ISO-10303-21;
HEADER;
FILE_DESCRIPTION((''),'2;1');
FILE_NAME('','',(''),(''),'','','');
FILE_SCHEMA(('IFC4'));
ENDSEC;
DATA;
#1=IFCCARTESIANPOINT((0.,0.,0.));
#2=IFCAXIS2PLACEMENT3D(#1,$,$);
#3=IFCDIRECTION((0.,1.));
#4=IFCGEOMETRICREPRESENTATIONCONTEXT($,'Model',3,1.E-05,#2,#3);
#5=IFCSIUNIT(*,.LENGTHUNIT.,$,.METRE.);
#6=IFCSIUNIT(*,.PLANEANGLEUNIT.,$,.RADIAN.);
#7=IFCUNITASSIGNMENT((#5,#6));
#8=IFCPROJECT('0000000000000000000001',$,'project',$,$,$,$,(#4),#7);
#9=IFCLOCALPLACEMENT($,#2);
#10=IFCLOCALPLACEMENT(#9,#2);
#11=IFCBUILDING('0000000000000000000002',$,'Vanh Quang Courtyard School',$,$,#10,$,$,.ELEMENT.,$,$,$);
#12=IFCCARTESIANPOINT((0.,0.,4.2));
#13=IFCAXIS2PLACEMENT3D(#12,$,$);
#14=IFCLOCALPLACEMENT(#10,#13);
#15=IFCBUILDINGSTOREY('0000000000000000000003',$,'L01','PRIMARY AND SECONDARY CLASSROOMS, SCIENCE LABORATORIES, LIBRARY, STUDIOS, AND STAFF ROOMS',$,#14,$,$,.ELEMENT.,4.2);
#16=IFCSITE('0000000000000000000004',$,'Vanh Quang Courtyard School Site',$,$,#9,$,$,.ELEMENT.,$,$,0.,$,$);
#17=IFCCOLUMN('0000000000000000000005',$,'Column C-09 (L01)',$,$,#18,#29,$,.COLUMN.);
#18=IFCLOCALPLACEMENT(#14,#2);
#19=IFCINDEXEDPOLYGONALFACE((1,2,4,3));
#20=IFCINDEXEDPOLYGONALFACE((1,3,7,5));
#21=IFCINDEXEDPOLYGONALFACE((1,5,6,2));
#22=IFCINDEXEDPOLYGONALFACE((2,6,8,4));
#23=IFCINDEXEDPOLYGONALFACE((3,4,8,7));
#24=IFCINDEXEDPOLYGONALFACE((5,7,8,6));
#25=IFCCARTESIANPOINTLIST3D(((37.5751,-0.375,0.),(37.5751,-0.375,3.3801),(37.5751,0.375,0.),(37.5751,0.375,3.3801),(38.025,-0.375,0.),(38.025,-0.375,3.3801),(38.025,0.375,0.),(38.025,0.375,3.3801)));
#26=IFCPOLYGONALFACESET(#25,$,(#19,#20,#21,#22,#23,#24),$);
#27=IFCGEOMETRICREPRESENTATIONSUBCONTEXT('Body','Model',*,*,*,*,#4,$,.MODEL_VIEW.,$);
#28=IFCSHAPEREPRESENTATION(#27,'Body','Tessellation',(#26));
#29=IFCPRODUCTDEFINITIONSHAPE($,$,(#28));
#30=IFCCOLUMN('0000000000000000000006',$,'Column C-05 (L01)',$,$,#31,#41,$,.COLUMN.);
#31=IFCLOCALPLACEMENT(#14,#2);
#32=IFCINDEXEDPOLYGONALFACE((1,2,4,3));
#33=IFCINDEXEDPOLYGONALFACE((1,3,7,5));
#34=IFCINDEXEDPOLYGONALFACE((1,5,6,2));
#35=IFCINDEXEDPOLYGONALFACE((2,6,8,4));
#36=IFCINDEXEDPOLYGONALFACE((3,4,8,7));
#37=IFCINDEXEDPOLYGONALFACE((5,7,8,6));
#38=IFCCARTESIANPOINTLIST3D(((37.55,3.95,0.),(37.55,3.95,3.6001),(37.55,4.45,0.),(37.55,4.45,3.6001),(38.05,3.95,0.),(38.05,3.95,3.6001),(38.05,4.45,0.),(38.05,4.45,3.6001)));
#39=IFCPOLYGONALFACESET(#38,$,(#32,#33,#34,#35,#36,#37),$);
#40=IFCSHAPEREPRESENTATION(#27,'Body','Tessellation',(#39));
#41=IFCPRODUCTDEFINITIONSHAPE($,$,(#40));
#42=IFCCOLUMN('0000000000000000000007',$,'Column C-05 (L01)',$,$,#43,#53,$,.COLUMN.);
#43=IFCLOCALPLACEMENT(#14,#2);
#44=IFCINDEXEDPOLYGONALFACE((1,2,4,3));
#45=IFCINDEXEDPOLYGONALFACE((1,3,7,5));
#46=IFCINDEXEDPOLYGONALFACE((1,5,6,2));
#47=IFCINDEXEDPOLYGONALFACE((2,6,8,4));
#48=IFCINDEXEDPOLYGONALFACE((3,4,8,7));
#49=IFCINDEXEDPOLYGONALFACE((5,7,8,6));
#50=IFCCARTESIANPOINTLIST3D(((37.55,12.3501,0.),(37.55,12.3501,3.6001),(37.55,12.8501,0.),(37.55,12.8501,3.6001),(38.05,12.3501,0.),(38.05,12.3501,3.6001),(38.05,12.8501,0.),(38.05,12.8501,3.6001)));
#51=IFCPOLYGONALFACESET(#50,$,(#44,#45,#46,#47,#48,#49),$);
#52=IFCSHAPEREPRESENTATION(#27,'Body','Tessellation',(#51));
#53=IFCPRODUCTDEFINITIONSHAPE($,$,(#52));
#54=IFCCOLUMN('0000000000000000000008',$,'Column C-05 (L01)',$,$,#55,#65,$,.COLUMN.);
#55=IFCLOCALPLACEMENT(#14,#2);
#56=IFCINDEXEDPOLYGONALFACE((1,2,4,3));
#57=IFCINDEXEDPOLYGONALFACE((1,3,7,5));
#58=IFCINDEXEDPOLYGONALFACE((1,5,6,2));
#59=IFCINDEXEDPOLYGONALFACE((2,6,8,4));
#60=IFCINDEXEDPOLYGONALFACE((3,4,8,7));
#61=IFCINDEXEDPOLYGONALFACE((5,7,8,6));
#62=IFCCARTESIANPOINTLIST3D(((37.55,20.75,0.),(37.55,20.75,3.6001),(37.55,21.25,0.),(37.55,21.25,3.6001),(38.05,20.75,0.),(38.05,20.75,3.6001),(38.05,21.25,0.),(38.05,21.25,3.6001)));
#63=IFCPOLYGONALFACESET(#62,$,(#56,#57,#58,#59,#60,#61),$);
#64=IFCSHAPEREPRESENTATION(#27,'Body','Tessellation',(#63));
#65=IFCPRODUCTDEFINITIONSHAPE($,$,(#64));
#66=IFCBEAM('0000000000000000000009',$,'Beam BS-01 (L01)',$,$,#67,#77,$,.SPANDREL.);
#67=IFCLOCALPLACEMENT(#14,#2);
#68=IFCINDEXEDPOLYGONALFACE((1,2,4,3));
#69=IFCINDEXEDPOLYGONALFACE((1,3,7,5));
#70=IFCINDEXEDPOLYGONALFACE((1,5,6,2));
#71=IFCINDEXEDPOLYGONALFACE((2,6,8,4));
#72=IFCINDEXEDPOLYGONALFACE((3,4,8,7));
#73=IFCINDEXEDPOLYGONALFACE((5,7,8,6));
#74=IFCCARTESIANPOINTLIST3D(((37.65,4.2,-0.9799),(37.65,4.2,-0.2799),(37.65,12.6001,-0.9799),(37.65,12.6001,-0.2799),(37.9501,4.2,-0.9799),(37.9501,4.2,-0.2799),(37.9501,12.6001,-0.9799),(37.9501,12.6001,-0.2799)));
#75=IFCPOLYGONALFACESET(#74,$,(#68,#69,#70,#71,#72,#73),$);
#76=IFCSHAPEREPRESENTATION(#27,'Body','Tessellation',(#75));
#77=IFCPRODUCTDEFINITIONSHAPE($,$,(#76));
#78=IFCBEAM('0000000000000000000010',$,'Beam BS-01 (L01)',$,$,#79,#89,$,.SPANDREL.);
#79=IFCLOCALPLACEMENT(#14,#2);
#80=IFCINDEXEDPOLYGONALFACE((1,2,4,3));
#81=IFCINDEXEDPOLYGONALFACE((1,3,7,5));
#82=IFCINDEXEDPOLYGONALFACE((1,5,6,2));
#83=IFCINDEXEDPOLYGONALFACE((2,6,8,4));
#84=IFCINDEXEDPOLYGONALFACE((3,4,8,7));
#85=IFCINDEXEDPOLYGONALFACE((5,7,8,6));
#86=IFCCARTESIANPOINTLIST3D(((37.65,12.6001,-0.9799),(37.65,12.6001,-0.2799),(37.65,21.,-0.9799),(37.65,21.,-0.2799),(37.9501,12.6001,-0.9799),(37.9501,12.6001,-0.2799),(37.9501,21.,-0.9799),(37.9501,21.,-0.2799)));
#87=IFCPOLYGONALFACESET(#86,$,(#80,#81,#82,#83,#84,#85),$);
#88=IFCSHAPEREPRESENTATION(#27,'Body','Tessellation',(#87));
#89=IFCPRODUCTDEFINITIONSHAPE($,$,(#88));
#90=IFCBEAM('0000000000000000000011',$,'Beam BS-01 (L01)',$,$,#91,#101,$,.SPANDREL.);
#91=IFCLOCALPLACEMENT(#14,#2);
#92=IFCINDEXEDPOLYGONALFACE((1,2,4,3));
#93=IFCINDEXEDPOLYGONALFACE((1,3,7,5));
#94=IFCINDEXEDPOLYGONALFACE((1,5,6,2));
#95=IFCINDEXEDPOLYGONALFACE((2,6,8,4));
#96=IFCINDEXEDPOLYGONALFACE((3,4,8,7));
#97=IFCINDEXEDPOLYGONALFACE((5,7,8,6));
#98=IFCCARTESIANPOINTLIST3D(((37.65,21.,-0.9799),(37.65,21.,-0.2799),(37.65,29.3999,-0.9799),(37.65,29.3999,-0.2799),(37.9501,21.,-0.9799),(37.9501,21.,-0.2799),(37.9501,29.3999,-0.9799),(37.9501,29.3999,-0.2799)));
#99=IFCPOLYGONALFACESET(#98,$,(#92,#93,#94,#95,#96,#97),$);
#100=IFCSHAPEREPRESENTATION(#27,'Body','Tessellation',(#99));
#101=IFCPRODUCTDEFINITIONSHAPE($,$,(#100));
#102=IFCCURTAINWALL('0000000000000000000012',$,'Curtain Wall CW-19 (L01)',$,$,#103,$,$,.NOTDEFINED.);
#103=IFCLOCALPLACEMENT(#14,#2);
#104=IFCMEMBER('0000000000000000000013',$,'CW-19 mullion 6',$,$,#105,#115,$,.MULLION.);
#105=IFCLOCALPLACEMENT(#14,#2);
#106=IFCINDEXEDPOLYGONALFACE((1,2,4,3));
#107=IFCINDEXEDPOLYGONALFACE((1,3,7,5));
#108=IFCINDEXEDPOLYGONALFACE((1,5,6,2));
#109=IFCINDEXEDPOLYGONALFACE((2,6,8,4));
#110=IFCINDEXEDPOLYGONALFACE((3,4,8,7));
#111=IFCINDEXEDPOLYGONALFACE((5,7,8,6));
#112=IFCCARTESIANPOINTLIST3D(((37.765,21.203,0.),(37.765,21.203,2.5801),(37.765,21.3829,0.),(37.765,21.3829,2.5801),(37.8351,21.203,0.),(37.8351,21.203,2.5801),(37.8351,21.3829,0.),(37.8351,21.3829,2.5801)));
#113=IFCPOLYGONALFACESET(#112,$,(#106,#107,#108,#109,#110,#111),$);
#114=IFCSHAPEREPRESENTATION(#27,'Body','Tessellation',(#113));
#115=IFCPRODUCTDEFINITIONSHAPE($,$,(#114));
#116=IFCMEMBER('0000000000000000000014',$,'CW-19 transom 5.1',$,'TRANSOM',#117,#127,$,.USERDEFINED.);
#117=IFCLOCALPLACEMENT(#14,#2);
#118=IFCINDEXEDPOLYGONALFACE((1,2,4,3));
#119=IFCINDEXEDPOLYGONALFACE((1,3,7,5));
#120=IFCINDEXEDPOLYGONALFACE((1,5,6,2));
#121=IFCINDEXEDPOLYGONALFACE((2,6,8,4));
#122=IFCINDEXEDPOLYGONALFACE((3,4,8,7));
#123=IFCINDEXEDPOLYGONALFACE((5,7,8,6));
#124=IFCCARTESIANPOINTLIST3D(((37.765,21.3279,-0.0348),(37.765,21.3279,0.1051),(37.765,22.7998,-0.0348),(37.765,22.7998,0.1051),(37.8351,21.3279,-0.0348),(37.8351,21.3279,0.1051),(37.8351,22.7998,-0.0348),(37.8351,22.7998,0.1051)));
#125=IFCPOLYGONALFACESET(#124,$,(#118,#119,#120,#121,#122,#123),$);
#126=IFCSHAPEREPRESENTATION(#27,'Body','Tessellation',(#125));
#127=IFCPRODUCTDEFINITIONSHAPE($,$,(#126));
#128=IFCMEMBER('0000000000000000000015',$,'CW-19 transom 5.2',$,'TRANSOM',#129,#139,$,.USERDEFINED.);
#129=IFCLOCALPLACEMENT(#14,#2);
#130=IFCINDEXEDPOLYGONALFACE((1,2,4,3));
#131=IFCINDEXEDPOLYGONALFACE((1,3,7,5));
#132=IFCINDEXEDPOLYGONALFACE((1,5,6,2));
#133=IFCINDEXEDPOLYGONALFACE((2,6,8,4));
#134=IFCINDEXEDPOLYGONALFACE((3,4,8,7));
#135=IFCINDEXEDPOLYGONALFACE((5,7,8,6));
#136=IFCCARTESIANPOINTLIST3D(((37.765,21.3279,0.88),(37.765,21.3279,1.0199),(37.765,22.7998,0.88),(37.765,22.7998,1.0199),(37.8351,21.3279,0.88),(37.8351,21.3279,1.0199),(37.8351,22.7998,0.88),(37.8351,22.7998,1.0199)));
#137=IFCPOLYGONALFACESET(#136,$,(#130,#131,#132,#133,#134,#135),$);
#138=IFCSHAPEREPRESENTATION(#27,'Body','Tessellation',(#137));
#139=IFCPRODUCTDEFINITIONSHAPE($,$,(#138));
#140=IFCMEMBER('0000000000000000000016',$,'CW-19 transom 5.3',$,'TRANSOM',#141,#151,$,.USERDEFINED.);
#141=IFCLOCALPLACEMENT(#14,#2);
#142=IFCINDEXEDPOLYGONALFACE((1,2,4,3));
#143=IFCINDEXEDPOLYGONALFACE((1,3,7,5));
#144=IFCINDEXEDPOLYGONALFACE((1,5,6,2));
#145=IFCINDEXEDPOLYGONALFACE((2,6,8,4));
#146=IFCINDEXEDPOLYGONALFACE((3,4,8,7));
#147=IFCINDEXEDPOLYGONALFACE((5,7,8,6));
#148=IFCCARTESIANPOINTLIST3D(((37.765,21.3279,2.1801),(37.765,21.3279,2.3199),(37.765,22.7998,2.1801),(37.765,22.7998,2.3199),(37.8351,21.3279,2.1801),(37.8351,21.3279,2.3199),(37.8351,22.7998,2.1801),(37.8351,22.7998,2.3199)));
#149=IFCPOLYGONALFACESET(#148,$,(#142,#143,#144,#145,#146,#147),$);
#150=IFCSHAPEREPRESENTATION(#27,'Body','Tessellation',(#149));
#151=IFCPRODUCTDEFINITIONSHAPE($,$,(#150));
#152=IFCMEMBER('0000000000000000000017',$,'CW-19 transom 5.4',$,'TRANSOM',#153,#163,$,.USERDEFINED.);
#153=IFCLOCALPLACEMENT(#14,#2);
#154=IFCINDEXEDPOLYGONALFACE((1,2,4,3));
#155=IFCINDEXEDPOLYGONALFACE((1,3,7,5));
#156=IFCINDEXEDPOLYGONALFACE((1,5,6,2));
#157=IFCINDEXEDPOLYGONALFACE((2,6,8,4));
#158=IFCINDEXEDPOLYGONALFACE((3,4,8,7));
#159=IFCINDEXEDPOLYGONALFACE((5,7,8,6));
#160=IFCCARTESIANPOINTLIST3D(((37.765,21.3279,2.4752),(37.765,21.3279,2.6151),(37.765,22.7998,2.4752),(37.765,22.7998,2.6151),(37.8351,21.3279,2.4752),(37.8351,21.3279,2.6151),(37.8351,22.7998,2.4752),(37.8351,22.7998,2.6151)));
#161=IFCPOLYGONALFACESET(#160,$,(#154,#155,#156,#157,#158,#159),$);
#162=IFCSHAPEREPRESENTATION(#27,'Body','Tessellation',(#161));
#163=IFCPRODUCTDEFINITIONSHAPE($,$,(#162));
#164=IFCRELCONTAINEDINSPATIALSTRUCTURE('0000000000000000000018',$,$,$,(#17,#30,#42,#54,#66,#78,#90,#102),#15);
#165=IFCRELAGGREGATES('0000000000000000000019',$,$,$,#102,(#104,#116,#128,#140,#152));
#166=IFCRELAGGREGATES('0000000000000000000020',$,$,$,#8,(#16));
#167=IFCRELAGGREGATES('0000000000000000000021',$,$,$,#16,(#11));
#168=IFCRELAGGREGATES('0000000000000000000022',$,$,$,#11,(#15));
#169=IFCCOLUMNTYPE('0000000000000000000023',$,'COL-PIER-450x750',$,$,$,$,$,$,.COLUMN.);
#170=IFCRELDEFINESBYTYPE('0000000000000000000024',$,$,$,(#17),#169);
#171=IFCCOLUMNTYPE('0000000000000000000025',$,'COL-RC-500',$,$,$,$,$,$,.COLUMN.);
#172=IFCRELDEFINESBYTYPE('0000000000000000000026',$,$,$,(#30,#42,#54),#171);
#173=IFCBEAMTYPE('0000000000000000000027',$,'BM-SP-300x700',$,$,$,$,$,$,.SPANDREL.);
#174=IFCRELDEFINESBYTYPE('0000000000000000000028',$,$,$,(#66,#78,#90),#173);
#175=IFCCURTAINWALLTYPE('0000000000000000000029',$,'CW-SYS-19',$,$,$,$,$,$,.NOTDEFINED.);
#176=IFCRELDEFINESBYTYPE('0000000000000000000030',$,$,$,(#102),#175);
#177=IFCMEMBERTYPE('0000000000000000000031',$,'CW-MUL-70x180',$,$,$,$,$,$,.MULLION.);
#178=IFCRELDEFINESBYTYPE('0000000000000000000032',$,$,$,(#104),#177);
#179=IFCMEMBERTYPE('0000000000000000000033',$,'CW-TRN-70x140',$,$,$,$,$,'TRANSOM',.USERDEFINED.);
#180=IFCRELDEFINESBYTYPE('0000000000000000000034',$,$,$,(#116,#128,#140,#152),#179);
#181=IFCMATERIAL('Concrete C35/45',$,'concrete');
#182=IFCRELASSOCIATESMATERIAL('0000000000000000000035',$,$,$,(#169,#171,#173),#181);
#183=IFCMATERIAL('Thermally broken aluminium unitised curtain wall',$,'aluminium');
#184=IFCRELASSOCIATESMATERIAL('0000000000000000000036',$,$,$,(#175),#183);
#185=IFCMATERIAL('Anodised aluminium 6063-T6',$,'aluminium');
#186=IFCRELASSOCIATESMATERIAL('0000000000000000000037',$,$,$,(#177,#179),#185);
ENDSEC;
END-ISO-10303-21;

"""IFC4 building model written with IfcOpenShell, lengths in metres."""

from ifc_helpers import new_model, si_unit, direction, frame, origin, origin_2d, place, context, subcontext, project, spatial, rectangle, extrude, material, material_profile, profile_set, type_object, element, aggregate, save


model = new_model("IFC4")

# Units and contexts
model_context = context("Model", 3, precision=1e-05, world=origin(), true_north=direction((0.0, 1.0)))
body_context = subcontext(model_context, "Body", "Model", "MODEL_VIEW")
ifc_project = project(units=[si_unit("LENGTHUNIT", "METRE"), si_unit("PLANEANGLEUNIT", "RADIAN")], contexts=[model_context])

# Site, building, storey
site_placement = place(None, origin())
site = spatial("IfcSite", under=ifc_project, at=site_placement, Name="Vanh Quang Courtyard School Site", CompositionType="ELEMENT", RefElevation=0.0)
building_placement = place(site_placement, origin())
building = spatial("IfcBuilding", under=site, at=building_placement, Name="Vanh Quang Courtyard School", CompositionType="ELEMENT")
storey_placement = place(building_placement, frame((0.0, 0.0, 4.2)))
storey = spatial("IfcBuildingStorey", under=building, at=storey_placement, Name="L01", Description="PRIMARY AND SECONDARY CLASSROOMS, SCIENCE LABORATORIES, LIBRARY, STUDIOS, AND STAFF ROOMS", CompositionType="ELEMENT", Elevation=4.2)

# Columns
ifc_material_1 = material(Name="Concrete C35/45", Category="concrete")
ifc_material_profile_1 = material_profile(ifc_material_1, rectangle(XDim=0.45, YDim=0.75, at=origin_2d()), Name="RC-PIER 450x750")
ifc_profile_set_1 = profile_set([ifc_material_profile_1], Name="Concrete C35/45")
column_type_1 = type_object("IfcColumnType", Name="COL-PIER-450x750", PredefinedType="COLUMN", material=ifc_profile_set_1)
column_placement = place(storey_placement, frame((37.8, 0.0, 0.0), z_axis=(0.0, 0.0, 1.0), x_axis=(1.0, 0.0, 0.0)))
element("IfcColumn", 1, at=column_placement, inside=storey, type_object=column_type_1, Name="Column C-09 (L01)", PredefinedType="COLUMN", context=body_context, shape_type="SweptSolid", body=[
    extrude(rectangle(XDim=0.45, YDim=0.75, at=origin_2d()), origin(), (0.0, 0.0, 1.0), 3.3801),
])
ifc_material_profile_2 = material_profile(ifc_material_1, rectangle(XDim=0.5, YDim=0.5, at=origin_2d()), Name="RC-COL 500x500")
ifc_profile_set_2 = profile_set([ifc_material_profile_2], Name="Concrete C35/45")
column_type_2 = type_object("IfcColumnType", Name="COL-RC-500", PredefinedType="COLUMN", material=ifc_profile_set_2)
for number, where, z_axis, x_axis, name in (
    (2, (37.8, 4.2, 0.0), (0.0, 0.0, 1.0), (1.0, 0.0, 0.0), "Column C-05 (L01)"),
    (3, (37.8, 12.6001, 0.0), (0.0, 0.0, 1.0), (1.0, 0.0, 0.0), "Column C-05 (L01)"),
    (4, (37.8, 21.0, 0.0), (0.0, 0.0, 1.0), (1.0, 0.0, 0.0), "Column C-05 (L01)"),
):
    element("IfcColumn", number, at=place(storey_placement, frame(where, z_axis=z_axis, x_axis=x_axis)), inside=storey, type_object=column_type_2, Name=name, PredefinedType="COLUMN", context=body_context, shape_type="SweptSolid", body=[
        extrude(rectangle(XDim=0.5, YDim=0.5, at=origin_2d()), origin(), (0.0, 0.0, 1.0), 3.6001),
    ])

# Beams
ifc_material_profile_3 = material_profile(ifc_material_1, rectangle(XDim=0.3, YDim=0.7, at=origin_2d()), Name="RC-SP 300x700")
ifc_profile_set_3 = profile_set([ifc_material_profile_3], Name="Concrete C35/45")
beam_type_1 = type_object("IfcBeamType", Name="BM-SP-300x700", PredefinedType="SPANDREL", material=ifc_profile_set_3)
beam_placement = place(storey_placement, frame((37.8, 4.2, -0.6299), z_axis=(0.0, 1.0, 0.0), x_axis=(-1.0, 0.0, 0.0)))
element("IfcBeam", 5, at=beam_placement, inside=storey, type_object=beam_type_1, Name="Beam BS-01 (L01)", PredefinedType="SPANDREL", context=body_context, shape_type="SweptSolid", body=[
    extrude(rectangle(XDim=0.3, YDim=0.7, at=origin_2d()), origin(), (0.0, 0.0, 1.0), 8.4001),
])
for number, where, z_axis, x_axis, name in (
    (6, (37.8, 12.6001, -0.6299), (0.0, 1.0, 0.0), (-1.0, 0.0, 0.0), "Beam BS-01 (L01)"),
    (7, (37.8, 21.0, -0.6299), (0.0, 1.0, 0.0), (-1.0, 0.0, 0.0), "Beam BS-01 (L01)"),
):
    element("IfcBeam", number, at=place(storey_placement, frame(where, z_axis=z_axis, x_axis=x_axis)), inside=storey, type_object=beam_type_1, Name=name, PredefinedType="SPANDREL", context=body_context, shape_type="SweptSolid", body=[
        extrude(rectangle(XDim=0.3, YDim=0.7, at=origin_2d()), origin(), (0.0, 0.0, 1.0), 8.3999),
    ])

# Curtain wall, members
ifc_material_2 = material(Name="Thermally broken aluminium unitised curtain wall", Category="aluminium")
curtain_wall_type = type_object("IfcCurtainWallType", Name="CW-SYS-19", PredefinedType="NOTDEFINED", material=ifc_material_2)
curtain_wall_placement = place(storey_placement, origin())
curtain_wall = element("IfcCurtainWall", 8, at=curtain_wall_placement, inside=storey, type_object=curtain_wall_type, Name="Curtain Wall CW-19 (L01)", PredefinedType="NOTDEFINED")
ifc_material_3 = material(Name="Anodised aluminium 6063-T6", Category="aluminium")
ifc_material_profile_4 = material_profile(ifc_material_3, rectangle(XDim=0.0701, YDim=0.1799, at=origin_2d()), Name="ALU-MUL 70x180")
ifc_profile_set_4 = profile_set([ifc_material_profile_4], Name="Anodised aluminium 6063-T6")
member_type_1 = type_object("IfcMemberType", Name="CW-MUL-70x180", PredefinedType="MULLION", material=ifc_profile_set_4)
member_1_placement = place(storey_placement, frame((37.8, 21.293, 0.0), z_axis=(0.0, 0.0, 1.0), x_axis=(1.0, 0.0, 0.0)))
member_1 = element("IfcMember", 9, at=member_1_placement, type_object=member_type_1, Name="CW-19 mullion 6", PredefinedType="MULLION", context=body_context, shape_type="SweptSolid", body=[
    extrude(rectangle(XDim=0.0701, YDim=0.1799, at=origin_2d()), origin(), (0.0, 0.0, 1.0), 2.5801),
])
ifc_material_profile_5 = material_profile(ifc_material_3, rectangle(XDim=0.0701, YDim=0.1399, at=origin_2d()), Name="ALU-TRN 70x140")
ifc_profile_set_5 = profile_set([ifc_material_profile_5], Name="Anodised aluminium 6063-T6")
member_type_2 = type_object("IfcMemberType", Name="CW-TRN-70x140", ElementType="TRANSOM", PredefinedType="USERDEFINED", material=ifc_profile_set_5)
member_2_placement = place(storey_placement, frame((37.8, 22.7998, 0.0352), z_axis=(0.0, -1.0, 0.0), x_axis=(1.0, 0.0, 0.0)))
member_2 = element("IfcMember", 10, at=member_2_placement, type_object=member_type_2, Name="CW-19 transom 5.1", ObjectType="TRANSOM", PredefinedType="USERDEFINED", context=body_context, shape_type="SweptSolid", body=[
    extrude(rectangle(XDim=0.0701, YDim=0.1399, at=origin_2d()), origin(), (0.0, 0.0, 1.0), 1.4719),
])
member_3_placement = place(storey_placement, frame((37.8, 22.7998, 0.95), z_axis=(0.0, -1.0, 0.0), x_axis=(1.0, 0.0, 0.0)))
member_3 = element("IfcMember", 11, at=member_3_placement, type_object=member_type_2, Name="CW-19 transom 5.2", ObjectType="TRANSOM", PredefinedType="USERDEFINED", context=body_context, shape_type="SweptSolid", body=[
    extrude(rectangle(XDim=0.0701, YDim=0.1399, at=origin_2d()), origin(), (0.0, 0.0, 1.0), 1.4719),
])
member_4_placement = place(storey_placement, frame((37.8, 22.7998, 2.25), z_axis=(0.0, -1.0, 0.0), x_axis=(1.0, 0.0, 0.0)))
member_4 = element("IfcMember", 12, at=member_4_placement, type_object=member_type_2, Name="CW-19 transom 5.3", ObjectType="TRANSOM", PredefinedType="USERDEFINED", context=body_context, shape_type="SweptSolid", body=[
    extrude(rectangle(XDim=0.0701, YDim=0.1399, at=origin_2d()), origin(), (0.0, 0.0, 1.0), 1.4719),
])
member_5_placement = place(storey_placement, frame((37.8, 22.7998, 2.5452), z_axis=(0.0, -1.0, 0.0), x_axis=(1.0, 0.0, 0.0)))
member_5 = element("IfcMember", 13, at=member_5_placement, type_object=member_type_2, Name="CW-19 transom 5.4", ObjectType="TRANSOM", PredefinedType="USERDEFINED", context=body_context, shape_type="SweptSolid", body=[
    extrude(rectangle(XDim=0.0701, YDim=0.1399, at=origin_2d()), origin(), (0.0, 0.0, 1.0), 1.4719),
])

aggregate(curtain_wall, [member_1, member_2, member_3, member_4, member_5])

save(model, "model.ifc")
